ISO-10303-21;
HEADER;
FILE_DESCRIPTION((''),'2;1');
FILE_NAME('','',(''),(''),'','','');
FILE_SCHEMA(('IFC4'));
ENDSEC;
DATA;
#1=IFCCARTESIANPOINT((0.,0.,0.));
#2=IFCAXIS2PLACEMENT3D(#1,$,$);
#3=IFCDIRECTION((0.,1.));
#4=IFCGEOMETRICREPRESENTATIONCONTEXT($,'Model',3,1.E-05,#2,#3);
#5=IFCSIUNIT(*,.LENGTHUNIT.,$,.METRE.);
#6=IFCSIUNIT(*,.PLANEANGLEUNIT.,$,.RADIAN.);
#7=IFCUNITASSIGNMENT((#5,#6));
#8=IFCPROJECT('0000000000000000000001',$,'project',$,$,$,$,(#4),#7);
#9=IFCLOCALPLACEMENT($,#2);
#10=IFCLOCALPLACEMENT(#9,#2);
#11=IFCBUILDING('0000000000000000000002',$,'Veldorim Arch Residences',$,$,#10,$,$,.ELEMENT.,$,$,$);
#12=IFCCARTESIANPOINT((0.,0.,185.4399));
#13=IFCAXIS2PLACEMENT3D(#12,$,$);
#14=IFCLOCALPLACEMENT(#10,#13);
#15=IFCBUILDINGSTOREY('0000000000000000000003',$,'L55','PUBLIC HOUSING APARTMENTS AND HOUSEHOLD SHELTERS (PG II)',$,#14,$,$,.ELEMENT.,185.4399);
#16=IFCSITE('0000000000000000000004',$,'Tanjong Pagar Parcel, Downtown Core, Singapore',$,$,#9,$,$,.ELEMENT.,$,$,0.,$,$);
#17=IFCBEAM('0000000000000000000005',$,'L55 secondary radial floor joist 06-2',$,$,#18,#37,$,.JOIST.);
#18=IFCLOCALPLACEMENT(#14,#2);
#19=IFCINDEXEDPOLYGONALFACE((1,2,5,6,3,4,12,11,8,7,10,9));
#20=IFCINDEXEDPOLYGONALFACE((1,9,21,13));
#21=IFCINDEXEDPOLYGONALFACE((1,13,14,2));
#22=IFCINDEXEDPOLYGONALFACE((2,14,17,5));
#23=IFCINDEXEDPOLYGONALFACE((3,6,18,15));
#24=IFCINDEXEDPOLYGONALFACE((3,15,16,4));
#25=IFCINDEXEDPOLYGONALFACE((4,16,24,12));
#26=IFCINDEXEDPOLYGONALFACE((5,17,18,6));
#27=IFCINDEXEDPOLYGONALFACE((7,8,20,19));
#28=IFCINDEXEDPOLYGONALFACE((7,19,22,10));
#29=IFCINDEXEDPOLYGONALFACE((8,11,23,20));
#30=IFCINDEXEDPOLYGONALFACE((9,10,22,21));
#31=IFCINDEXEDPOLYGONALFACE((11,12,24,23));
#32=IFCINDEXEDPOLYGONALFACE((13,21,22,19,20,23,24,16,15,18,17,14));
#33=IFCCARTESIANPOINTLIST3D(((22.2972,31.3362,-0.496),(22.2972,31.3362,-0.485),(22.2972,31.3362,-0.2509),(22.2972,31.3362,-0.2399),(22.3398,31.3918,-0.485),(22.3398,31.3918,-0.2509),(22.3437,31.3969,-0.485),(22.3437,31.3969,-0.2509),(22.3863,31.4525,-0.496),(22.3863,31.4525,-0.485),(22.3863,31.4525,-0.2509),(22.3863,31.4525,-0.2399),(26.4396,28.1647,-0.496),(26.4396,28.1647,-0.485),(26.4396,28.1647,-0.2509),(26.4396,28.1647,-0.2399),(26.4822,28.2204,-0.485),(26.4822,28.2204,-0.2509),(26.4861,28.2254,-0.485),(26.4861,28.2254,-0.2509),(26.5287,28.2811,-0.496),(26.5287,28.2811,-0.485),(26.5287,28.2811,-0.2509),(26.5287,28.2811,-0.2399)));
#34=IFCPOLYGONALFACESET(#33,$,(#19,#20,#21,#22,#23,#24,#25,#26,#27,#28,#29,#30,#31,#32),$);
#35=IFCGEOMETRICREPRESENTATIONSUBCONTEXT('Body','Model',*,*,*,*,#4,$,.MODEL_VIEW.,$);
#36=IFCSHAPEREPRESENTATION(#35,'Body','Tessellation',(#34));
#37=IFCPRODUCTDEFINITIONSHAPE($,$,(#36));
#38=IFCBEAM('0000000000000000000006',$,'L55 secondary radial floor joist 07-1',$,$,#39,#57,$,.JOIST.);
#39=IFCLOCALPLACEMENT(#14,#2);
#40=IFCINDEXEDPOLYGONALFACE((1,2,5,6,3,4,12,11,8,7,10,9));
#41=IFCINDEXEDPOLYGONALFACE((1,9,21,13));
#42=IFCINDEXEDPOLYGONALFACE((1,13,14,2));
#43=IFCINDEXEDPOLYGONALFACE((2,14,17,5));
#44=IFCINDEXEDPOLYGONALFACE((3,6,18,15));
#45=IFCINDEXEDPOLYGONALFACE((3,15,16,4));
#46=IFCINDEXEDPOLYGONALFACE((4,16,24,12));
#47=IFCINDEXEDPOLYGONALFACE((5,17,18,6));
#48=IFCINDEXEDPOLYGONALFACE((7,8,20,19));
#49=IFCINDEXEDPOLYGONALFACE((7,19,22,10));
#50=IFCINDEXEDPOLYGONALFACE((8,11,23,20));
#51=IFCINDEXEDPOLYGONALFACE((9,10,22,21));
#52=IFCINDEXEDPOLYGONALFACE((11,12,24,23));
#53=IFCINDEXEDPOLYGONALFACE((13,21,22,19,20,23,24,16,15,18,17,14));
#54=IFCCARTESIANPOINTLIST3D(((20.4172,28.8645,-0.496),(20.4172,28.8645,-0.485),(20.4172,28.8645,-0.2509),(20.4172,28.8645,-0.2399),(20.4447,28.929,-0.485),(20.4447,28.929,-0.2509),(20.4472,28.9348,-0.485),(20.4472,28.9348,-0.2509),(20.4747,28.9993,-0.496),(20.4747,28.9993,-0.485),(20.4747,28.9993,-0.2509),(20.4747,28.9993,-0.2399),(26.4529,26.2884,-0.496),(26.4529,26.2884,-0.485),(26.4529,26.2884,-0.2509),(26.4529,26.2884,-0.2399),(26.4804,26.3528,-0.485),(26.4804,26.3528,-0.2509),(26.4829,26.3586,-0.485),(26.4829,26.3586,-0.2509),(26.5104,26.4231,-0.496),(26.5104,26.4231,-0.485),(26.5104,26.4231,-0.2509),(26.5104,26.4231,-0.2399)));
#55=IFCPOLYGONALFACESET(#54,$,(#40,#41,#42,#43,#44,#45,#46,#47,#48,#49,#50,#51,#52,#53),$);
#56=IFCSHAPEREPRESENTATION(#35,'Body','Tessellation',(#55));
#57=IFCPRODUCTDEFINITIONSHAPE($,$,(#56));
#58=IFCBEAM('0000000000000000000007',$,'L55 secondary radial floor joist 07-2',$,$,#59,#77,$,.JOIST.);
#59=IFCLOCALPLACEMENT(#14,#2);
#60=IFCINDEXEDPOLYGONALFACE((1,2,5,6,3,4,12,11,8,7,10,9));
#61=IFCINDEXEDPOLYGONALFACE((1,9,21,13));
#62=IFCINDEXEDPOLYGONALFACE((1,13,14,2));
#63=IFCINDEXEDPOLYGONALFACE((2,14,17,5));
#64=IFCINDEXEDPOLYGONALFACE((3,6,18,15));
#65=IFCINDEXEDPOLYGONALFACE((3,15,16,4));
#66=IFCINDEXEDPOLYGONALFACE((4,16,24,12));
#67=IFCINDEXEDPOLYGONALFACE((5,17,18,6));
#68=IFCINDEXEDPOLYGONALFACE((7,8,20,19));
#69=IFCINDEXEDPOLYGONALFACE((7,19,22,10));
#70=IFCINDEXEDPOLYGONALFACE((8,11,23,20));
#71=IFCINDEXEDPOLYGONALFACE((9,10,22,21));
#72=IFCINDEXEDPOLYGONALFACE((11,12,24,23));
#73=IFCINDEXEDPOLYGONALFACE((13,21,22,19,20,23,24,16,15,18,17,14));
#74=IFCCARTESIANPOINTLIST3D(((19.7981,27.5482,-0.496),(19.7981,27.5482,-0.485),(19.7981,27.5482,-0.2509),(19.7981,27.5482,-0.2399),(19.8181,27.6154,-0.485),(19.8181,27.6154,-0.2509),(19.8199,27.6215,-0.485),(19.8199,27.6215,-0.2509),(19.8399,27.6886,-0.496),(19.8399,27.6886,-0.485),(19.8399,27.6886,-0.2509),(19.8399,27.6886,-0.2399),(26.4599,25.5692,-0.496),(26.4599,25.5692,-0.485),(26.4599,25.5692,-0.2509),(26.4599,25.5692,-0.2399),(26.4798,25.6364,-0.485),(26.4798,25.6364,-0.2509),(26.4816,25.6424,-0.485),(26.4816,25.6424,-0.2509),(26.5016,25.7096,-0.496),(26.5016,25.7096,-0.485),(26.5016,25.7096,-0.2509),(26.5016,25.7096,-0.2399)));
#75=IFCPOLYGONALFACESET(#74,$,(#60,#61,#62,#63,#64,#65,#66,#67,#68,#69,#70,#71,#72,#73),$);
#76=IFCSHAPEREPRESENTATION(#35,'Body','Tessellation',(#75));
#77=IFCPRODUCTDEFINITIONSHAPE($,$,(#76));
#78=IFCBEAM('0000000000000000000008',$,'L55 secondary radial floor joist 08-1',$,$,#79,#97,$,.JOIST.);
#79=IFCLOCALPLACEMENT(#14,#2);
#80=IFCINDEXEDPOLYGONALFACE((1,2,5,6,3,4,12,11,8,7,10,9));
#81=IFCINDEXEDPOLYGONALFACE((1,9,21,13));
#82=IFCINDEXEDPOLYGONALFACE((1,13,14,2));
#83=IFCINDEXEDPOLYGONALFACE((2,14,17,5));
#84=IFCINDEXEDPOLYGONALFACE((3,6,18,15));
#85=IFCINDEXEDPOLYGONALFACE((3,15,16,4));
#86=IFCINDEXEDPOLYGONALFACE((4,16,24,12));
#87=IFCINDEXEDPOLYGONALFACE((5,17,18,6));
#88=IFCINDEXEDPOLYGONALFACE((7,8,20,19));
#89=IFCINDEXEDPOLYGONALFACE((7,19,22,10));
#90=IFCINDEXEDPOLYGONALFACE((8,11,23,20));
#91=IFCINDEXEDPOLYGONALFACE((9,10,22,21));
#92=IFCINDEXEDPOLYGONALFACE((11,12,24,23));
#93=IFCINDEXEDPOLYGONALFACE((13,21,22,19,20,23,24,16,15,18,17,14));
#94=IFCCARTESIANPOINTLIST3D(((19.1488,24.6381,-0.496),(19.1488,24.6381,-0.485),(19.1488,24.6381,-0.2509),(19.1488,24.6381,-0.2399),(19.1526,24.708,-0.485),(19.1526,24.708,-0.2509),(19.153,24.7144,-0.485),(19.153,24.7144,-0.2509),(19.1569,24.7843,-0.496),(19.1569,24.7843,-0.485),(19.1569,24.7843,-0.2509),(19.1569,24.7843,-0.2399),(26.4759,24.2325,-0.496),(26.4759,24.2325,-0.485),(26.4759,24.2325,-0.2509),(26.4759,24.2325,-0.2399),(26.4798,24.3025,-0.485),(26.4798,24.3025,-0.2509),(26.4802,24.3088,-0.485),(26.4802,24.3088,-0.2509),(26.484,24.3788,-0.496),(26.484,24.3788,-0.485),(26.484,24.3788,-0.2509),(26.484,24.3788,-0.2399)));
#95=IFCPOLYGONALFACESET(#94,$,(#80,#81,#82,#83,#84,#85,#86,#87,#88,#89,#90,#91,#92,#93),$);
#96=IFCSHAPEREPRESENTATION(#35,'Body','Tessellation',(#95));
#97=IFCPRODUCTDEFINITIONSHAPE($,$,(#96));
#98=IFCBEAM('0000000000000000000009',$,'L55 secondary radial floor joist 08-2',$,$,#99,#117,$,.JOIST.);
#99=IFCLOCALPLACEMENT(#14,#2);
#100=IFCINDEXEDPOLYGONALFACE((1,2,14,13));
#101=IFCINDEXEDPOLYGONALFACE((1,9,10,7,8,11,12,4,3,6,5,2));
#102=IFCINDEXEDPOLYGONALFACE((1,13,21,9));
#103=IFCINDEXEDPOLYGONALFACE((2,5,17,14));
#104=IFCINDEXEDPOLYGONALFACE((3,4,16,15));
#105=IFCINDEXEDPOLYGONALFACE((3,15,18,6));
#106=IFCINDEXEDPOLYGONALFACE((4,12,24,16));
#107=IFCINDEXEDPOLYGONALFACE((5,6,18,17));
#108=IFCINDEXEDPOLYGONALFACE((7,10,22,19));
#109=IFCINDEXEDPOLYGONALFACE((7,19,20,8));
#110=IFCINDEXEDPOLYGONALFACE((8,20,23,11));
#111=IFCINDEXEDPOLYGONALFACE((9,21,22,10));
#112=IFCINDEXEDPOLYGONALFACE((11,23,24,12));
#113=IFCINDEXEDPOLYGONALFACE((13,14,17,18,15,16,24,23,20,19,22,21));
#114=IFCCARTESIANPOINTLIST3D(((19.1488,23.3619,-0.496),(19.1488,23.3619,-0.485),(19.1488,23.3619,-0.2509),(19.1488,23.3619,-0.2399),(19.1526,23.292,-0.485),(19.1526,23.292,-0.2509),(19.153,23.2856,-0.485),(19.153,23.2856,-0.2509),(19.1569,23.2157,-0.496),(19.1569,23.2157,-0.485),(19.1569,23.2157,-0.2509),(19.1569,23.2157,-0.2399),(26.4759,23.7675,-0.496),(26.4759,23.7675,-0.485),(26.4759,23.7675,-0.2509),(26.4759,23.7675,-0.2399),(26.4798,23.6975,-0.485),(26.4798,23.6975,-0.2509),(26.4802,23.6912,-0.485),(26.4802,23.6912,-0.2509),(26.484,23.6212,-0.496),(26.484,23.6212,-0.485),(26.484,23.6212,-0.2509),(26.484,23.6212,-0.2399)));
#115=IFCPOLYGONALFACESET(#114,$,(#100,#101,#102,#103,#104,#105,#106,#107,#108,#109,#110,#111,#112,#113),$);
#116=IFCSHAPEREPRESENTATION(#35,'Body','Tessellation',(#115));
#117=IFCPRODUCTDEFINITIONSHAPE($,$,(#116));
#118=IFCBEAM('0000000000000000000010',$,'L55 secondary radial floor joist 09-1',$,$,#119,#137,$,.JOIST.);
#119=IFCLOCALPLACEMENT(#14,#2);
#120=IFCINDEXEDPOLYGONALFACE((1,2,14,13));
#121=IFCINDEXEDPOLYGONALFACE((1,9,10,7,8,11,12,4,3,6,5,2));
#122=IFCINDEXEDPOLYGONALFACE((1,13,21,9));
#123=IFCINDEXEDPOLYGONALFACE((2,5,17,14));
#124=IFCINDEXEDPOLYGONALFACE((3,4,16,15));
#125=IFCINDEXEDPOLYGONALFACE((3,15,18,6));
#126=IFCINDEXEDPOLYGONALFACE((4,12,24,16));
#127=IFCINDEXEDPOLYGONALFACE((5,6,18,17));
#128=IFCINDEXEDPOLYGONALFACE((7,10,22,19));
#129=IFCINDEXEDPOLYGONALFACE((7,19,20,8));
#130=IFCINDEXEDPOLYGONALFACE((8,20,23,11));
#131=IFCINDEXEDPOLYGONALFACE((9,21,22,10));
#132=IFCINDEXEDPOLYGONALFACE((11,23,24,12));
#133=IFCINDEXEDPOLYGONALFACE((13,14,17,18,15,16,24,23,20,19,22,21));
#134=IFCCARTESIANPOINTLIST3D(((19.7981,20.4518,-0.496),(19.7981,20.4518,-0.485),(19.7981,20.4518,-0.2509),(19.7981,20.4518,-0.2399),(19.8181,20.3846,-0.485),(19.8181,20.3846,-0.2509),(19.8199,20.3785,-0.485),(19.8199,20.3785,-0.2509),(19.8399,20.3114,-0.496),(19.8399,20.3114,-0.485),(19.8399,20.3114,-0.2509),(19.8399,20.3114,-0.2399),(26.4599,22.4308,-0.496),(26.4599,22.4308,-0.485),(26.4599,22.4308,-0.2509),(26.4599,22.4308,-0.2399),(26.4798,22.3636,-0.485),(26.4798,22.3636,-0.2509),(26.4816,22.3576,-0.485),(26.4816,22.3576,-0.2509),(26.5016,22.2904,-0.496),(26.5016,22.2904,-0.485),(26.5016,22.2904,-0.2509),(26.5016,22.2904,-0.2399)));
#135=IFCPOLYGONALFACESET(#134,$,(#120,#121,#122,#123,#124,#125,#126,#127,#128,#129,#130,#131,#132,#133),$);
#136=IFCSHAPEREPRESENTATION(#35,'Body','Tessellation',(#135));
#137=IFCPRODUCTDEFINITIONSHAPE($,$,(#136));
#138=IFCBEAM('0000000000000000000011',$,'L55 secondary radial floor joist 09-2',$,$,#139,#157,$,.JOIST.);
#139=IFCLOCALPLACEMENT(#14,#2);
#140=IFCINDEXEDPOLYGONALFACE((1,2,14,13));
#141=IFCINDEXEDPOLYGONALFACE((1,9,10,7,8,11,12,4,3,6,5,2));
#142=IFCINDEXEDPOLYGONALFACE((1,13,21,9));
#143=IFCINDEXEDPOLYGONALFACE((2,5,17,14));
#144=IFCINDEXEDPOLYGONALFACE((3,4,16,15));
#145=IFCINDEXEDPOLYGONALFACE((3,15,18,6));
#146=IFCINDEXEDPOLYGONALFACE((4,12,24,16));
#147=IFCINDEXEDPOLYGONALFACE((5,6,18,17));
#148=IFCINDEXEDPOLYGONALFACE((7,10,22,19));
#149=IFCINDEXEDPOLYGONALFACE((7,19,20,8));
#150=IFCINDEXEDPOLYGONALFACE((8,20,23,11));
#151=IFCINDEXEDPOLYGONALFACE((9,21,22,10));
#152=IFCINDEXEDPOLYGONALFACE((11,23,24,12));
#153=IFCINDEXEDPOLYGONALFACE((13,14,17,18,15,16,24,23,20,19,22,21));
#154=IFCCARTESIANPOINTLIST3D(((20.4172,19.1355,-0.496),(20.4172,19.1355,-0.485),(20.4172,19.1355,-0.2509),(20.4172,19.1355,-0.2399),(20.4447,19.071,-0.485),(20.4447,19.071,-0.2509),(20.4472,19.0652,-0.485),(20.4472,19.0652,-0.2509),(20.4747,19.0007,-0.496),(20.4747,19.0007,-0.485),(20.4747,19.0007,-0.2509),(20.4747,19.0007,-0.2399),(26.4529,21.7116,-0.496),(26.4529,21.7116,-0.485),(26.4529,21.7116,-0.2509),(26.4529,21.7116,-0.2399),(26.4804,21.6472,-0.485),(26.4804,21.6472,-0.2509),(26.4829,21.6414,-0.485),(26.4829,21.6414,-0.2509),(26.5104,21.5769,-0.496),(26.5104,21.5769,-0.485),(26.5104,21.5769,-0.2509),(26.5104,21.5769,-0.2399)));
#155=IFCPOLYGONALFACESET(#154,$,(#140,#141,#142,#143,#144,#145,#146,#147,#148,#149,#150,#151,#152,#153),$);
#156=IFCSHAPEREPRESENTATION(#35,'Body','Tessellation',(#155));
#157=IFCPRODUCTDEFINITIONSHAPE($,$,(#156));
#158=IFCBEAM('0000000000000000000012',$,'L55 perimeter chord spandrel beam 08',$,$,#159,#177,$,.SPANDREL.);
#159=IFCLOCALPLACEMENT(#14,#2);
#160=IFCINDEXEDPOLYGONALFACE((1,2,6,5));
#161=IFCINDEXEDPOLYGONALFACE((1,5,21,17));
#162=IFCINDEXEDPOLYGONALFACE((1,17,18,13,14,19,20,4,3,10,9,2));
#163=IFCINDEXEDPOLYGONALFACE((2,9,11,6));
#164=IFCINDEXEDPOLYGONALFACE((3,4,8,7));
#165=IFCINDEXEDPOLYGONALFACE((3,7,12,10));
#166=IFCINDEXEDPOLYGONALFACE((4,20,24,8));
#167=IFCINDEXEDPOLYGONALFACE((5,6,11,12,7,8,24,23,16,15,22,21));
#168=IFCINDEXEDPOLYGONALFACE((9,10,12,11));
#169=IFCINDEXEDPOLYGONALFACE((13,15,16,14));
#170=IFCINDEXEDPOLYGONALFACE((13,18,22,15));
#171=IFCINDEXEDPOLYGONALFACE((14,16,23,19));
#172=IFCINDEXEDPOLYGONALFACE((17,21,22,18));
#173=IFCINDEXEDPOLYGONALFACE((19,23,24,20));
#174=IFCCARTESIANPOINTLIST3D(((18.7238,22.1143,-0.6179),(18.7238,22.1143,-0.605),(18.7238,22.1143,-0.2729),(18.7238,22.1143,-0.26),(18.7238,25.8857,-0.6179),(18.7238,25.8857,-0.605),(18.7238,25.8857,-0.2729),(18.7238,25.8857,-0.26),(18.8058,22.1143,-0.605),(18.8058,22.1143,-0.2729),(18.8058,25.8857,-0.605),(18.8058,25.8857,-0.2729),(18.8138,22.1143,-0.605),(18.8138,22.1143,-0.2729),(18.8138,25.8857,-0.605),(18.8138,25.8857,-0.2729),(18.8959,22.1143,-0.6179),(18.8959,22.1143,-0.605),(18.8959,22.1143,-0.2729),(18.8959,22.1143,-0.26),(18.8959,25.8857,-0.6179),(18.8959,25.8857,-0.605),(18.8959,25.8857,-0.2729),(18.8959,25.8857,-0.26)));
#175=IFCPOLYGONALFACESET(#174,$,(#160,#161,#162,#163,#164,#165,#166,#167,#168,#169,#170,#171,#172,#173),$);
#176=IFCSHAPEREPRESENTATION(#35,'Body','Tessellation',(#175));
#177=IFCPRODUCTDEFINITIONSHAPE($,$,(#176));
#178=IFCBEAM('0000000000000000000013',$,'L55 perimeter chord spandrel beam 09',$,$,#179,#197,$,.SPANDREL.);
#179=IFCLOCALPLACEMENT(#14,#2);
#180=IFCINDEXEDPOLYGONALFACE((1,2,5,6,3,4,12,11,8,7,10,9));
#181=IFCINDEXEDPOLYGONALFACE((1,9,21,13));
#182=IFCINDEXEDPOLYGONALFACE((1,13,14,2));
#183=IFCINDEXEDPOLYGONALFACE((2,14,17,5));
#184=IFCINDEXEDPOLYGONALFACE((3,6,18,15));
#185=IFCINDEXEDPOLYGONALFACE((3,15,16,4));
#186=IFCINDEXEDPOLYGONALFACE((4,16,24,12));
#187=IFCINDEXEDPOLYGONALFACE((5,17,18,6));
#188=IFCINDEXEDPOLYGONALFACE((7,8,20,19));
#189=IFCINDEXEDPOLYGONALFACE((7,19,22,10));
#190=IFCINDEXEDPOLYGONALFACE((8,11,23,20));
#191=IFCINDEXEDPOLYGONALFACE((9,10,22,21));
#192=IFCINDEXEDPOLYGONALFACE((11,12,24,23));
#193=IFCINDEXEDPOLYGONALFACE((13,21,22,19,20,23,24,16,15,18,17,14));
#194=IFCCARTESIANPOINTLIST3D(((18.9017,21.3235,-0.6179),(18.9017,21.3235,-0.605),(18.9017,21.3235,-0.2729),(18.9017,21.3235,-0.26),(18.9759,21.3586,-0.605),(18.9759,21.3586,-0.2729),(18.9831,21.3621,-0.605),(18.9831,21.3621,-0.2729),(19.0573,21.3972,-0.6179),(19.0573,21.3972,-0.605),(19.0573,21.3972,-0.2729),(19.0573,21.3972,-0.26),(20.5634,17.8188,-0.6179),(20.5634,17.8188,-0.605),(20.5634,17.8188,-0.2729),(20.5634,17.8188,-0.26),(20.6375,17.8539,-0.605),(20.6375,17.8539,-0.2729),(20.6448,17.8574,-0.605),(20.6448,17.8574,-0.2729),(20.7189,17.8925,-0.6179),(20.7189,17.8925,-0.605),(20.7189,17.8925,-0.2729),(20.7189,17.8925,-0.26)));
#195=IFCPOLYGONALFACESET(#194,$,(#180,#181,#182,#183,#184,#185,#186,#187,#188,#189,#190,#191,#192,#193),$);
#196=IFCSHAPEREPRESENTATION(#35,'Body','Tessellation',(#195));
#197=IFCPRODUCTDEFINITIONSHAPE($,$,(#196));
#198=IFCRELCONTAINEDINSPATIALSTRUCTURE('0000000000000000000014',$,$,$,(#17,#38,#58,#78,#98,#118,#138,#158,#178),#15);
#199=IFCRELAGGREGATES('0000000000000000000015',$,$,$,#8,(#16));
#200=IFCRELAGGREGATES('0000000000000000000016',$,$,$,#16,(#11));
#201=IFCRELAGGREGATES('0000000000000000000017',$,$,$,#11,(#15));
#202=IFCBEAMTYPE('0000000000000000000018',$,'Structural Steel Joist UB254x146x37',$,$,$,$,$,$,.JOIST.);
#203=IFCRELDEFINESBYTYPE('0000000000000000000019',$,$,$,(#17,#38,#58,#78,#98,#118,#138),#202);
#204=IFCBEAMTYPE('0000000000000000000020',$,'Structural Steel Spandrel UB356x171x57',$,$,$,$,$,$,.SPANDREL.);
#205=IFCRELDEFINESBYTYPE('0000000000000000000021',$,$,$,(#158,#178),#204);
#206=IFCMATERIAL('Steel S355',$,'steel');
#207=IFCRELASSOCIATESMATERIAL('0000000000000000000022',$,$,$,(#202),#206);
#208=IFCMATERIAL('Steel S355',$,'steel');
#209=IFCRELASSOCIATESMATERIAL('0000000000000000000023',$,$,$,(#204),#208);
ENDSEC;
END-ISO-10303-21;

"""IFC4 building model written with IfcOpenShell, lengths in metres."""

from ifc_helpers import new_model, si_unit, direction, frame, origin, origin_2d, place, context, subcontext, project, spatial, i_section, extrude, material, material_profile, profile_set, type_object, element, save


model = new_model("IFC4")

# Units and contexts
model_context = context("Model", 3, precision=1e-05, world=origin(), true_north=direction((0.0, 1.0)))
body_context = subcontext(model_context, "Body", "Model", "MODEL_VIEW")
ifc_project = project(units=[si_unit("LENGTHUNIT", "METRE"), si_unit("PLANEANGLEUNIT", "RADIAN")], contexts=[model_context])

# Site, building, storey
site_placement = place(None, origin())
site = spatial("IfcSite", under=ifc_project, at=site_placement, Name="Tanjong Pagar Parcel, Downtown Core, Singapore", CompositionType="ELEMENT", RefElevation=0.0)
building_placement = place(site_placement, origin())
building = spatial("IfcBuilding", under=site, at=building_placement, Name="Veldorim Arch Residences", CompositionType="ELEMENT")
storey_placement = place(building_placement, frame((0.0, 0.0, 185.4399)))
storey = spatial("IfcBuildingStorey", under=building, at=storey_placement, Name="L55", Description="PUBLIC HOUSING APARTMENTS AND HOUSEHOLD SHELTERS (PG II)", CompositionType="ELEMENT", Elevation=185.4399)

# Beams
ifc_material_1 = material(Name="Steel S355", Category="steel")
ifc_material_profile_1 = material_profile(ifc_material_1, i_section(OverallWidth=0.1465, OverallDepth=0.2561, WebThickness=0.0063, FlangeThickness=0.011, at=origin_2d()), Name="UB254x146x37")
ifc_profile_set_1 = profile_set([ifc_material_profile_1], Name="Steel S355")
beam_type_1 = type_object("IfcBeamType", Name="Structural Steel Joist UB254x146x37", PredefinedType="JOIST", material=ifc_profile_set_1)
beam_1_placement = place(storey_placement, frame((26.4841, 28.2229, -0.3679), z_axis=(-0.794014, 0.6079, 0.0), x_axis=(-0.6079, -0.794014, 0.0)))
element("IfcBeam", 1, at=beam_1_placement, inside=storey, type_object=beam_type_1, Name="L55 secondary radial floor joist 06-2", PredefinedType="JOIST", context=body_context, shape_type="SweptSolid", body=[
    extrude(i_section(OverallWidth=0.1465, OverallDepth=0.2561, WebThickness=0.0063, FlangeThickness=0.011, at=origin_2d()), origin(), (0.0, 0.0, 1.0), 5.217),
])
beam_2_placement = place(storey_placement, frame((26.4817, 26.3557, -0.3679), z_axis=(-0.919725, 0.392563, 0.0), x_axis=(-0.392563, -0.919725, 0.0)))
element("IfcBeam", 2, at=beam_2_placement, inside=storey, type_object=beam_type_1, Name="L55 secondary radial floor joist 07-1", PredefinedType="JOIST", context=body_context, shape_type="SweptSolid", body=[
    extrude(i_section(OverallWidth=0.1465, OverallDepth=0.2561, WebThickness=0.0063, FlangeThickness=0.011, at=origin_2d()), origin(), (0.0, 0.0, 1.0), 6.5625),
])
beam_3_placement = place(storey_placement, frame((26.4807, 25.6394, -0.3679), z_axis=(-0.958594, 0.284775, 0.0), x_axis=(-0.284775, -0.958594, 0.0)))
element("IfcBeam", 3, at=beam_3_placement, inside=storey, type_object=beam_type_1, Name="L55 secondary radial floor joist 07-2", PredefinedType="JOIST", context=body_context, shape_type="SweptSolid", body=[
    extrude(i_section(OverallWidth=0.1465, OverallDepth=0.2561, WebThickness=0.0063, FlangeThickness=0.011, at=origin_2d()), origin(), (0.0, 0.0, 1.0), 6.9495),
])
for number, where, z_axis, x_axis, name in (
    (4, (26.48, 24.3057, -0.3679), (-0.998472, 0.05526, 0.0), (-0.05526, -0.998472, 0.0), "L55 secondary radial floor joist 08-1"),
    (5, (26.48, 23.6943, -0.3679), (-0.998472, -0.05526, 0.0), (0.05526, -0.998472, 0.0), "L55 secondary radial floor joist 08-2"),
):
    element("IfcBeam", number, at=place(storey_placement, frame(where, z_axis=z_axis, x_axis=x_axis)), inside=storey, type_object=beam_type_1, Name=name, PredefinedType="JOIST", context=body_context, shape_type="SweptSolid", body=[
        extrude(i_section(OverallWidth=0.1465, OverallDepth=0.2561, WebThickness=0.0063, FlangeThickness=0.011, at=origin_2d()), origin(), (0.0, 0.0, 1.0), 7.3384),
    ])
beam_4_placement = place(storey_placement, frame((26.4807, 22.3606, -0.3679), z_axis=(-0.958594, -0.284775, 0.0), x_axis=(0.284775, -0.958594, 0.0)))
element("IfcBeam", 6, at=beam_4_placement, inside=storey, type_object=beam_type_1, Name="L55 secondary radial floor joist 09-1", PredefinedType="JOIST", context=body_context, shape_type="SweptSolid", body=[
    extrude(i_section(OverallWidth=0.1465, OverallDepth=0.2561, WebThickness=0.0063, FlangeThickness=0.011, at=origin_2d()), origin(), (0.0, 0.0, 1.0), 6.9495),
])
beam_5_placement = place(storey_placement, frame((26.4817, 21.6443, -0.3679), z_axis=(-0.919725, -0.392563, 0.0), x_axis=(0.392563, -0.919725, 0.0)))
element("IfcBeam", 7, at=beam_5_placement, inside=storey, type_object=beam_type_1, Name="L55 secondary radial floor joist 09-2", PredefinedType="JOIST", context=body_context, shape_type="SweptSolid", body=[
    extrude(i_section(OverallWidth=0.1465, OverallDepth=0.2561, WebThickness=0.0063, FlangeThickness=0.011, at=origin_2d()), origin(), (0.0, 0.0, 1.0), 6.5625),
])
ifc_material_2 = material(Name="Steel S355", Category="steel")
ifc_material_profile_2 = material_profile(ifc_material_2, i_section(OverallWidth=0.1721, OverallDepth=0.3579, WebThickness=0.0081, FlangeThickness=0.0129, at=origin_2d()), Name="UB356x171x57")
ifc_profile_set_2 = profile_set([ifc_material_profile_2], Name="Steel S355")
beam_type_2 = type_object("IfcBeamType", Name="Structural Steel Spandrel UB356x171x57", PredefinedType="SPANDREL", material=ifc_profile_set_2)
beam_6_placement = place(storey_placement, frame((18.8098, 25.8857, -0.439), z_axis=(0.0, -1.0, 0.0), x_axis=(1.0, 0.0, 0.0)))
element("IfcBeam", 8, at=beam_6_placement, inside=storey, type_object=beam_type_2, Name="L55 perimeter chord spandrel beam 08", PredefinedType="SPANDREL", context=body_context, shape_type="SweptSolid", body=[
    extrude(i_section(OverallWidth=0.1721, OverallDepth=0.3579, WebThickness=0.0081, FlangeThickness=0.0129, at=origin_2d()), origin(), (0.0, 0.0, 1.0), 3.7715),
])
beam_7_placement = place(storey_placement, frame((18.9795, 21.3604, -0.439), z_axis=(0.428408, -0.903585, 0.0), x_axis=(0.903585, 0.428408, 0.0)))
element("IfcBeam", 9, at=beam_7_placement, inside=storey, type_object=beam_type_2, Name="L55 perimeter chord spandrel beam 09", PredefinedType="SPANDREL", context=body_context, shape_type="SweptSolid", body=[
    extrude(i_section(OverallWidth=0.1721, OverallDepth=0.3579, WebThickness=0.0081, FlangeThickness=0.0129, at=origin_2d()), origin(), (0.0, 0.0, 1.0), 3.8787),
])

save(model, "model.ifc")
